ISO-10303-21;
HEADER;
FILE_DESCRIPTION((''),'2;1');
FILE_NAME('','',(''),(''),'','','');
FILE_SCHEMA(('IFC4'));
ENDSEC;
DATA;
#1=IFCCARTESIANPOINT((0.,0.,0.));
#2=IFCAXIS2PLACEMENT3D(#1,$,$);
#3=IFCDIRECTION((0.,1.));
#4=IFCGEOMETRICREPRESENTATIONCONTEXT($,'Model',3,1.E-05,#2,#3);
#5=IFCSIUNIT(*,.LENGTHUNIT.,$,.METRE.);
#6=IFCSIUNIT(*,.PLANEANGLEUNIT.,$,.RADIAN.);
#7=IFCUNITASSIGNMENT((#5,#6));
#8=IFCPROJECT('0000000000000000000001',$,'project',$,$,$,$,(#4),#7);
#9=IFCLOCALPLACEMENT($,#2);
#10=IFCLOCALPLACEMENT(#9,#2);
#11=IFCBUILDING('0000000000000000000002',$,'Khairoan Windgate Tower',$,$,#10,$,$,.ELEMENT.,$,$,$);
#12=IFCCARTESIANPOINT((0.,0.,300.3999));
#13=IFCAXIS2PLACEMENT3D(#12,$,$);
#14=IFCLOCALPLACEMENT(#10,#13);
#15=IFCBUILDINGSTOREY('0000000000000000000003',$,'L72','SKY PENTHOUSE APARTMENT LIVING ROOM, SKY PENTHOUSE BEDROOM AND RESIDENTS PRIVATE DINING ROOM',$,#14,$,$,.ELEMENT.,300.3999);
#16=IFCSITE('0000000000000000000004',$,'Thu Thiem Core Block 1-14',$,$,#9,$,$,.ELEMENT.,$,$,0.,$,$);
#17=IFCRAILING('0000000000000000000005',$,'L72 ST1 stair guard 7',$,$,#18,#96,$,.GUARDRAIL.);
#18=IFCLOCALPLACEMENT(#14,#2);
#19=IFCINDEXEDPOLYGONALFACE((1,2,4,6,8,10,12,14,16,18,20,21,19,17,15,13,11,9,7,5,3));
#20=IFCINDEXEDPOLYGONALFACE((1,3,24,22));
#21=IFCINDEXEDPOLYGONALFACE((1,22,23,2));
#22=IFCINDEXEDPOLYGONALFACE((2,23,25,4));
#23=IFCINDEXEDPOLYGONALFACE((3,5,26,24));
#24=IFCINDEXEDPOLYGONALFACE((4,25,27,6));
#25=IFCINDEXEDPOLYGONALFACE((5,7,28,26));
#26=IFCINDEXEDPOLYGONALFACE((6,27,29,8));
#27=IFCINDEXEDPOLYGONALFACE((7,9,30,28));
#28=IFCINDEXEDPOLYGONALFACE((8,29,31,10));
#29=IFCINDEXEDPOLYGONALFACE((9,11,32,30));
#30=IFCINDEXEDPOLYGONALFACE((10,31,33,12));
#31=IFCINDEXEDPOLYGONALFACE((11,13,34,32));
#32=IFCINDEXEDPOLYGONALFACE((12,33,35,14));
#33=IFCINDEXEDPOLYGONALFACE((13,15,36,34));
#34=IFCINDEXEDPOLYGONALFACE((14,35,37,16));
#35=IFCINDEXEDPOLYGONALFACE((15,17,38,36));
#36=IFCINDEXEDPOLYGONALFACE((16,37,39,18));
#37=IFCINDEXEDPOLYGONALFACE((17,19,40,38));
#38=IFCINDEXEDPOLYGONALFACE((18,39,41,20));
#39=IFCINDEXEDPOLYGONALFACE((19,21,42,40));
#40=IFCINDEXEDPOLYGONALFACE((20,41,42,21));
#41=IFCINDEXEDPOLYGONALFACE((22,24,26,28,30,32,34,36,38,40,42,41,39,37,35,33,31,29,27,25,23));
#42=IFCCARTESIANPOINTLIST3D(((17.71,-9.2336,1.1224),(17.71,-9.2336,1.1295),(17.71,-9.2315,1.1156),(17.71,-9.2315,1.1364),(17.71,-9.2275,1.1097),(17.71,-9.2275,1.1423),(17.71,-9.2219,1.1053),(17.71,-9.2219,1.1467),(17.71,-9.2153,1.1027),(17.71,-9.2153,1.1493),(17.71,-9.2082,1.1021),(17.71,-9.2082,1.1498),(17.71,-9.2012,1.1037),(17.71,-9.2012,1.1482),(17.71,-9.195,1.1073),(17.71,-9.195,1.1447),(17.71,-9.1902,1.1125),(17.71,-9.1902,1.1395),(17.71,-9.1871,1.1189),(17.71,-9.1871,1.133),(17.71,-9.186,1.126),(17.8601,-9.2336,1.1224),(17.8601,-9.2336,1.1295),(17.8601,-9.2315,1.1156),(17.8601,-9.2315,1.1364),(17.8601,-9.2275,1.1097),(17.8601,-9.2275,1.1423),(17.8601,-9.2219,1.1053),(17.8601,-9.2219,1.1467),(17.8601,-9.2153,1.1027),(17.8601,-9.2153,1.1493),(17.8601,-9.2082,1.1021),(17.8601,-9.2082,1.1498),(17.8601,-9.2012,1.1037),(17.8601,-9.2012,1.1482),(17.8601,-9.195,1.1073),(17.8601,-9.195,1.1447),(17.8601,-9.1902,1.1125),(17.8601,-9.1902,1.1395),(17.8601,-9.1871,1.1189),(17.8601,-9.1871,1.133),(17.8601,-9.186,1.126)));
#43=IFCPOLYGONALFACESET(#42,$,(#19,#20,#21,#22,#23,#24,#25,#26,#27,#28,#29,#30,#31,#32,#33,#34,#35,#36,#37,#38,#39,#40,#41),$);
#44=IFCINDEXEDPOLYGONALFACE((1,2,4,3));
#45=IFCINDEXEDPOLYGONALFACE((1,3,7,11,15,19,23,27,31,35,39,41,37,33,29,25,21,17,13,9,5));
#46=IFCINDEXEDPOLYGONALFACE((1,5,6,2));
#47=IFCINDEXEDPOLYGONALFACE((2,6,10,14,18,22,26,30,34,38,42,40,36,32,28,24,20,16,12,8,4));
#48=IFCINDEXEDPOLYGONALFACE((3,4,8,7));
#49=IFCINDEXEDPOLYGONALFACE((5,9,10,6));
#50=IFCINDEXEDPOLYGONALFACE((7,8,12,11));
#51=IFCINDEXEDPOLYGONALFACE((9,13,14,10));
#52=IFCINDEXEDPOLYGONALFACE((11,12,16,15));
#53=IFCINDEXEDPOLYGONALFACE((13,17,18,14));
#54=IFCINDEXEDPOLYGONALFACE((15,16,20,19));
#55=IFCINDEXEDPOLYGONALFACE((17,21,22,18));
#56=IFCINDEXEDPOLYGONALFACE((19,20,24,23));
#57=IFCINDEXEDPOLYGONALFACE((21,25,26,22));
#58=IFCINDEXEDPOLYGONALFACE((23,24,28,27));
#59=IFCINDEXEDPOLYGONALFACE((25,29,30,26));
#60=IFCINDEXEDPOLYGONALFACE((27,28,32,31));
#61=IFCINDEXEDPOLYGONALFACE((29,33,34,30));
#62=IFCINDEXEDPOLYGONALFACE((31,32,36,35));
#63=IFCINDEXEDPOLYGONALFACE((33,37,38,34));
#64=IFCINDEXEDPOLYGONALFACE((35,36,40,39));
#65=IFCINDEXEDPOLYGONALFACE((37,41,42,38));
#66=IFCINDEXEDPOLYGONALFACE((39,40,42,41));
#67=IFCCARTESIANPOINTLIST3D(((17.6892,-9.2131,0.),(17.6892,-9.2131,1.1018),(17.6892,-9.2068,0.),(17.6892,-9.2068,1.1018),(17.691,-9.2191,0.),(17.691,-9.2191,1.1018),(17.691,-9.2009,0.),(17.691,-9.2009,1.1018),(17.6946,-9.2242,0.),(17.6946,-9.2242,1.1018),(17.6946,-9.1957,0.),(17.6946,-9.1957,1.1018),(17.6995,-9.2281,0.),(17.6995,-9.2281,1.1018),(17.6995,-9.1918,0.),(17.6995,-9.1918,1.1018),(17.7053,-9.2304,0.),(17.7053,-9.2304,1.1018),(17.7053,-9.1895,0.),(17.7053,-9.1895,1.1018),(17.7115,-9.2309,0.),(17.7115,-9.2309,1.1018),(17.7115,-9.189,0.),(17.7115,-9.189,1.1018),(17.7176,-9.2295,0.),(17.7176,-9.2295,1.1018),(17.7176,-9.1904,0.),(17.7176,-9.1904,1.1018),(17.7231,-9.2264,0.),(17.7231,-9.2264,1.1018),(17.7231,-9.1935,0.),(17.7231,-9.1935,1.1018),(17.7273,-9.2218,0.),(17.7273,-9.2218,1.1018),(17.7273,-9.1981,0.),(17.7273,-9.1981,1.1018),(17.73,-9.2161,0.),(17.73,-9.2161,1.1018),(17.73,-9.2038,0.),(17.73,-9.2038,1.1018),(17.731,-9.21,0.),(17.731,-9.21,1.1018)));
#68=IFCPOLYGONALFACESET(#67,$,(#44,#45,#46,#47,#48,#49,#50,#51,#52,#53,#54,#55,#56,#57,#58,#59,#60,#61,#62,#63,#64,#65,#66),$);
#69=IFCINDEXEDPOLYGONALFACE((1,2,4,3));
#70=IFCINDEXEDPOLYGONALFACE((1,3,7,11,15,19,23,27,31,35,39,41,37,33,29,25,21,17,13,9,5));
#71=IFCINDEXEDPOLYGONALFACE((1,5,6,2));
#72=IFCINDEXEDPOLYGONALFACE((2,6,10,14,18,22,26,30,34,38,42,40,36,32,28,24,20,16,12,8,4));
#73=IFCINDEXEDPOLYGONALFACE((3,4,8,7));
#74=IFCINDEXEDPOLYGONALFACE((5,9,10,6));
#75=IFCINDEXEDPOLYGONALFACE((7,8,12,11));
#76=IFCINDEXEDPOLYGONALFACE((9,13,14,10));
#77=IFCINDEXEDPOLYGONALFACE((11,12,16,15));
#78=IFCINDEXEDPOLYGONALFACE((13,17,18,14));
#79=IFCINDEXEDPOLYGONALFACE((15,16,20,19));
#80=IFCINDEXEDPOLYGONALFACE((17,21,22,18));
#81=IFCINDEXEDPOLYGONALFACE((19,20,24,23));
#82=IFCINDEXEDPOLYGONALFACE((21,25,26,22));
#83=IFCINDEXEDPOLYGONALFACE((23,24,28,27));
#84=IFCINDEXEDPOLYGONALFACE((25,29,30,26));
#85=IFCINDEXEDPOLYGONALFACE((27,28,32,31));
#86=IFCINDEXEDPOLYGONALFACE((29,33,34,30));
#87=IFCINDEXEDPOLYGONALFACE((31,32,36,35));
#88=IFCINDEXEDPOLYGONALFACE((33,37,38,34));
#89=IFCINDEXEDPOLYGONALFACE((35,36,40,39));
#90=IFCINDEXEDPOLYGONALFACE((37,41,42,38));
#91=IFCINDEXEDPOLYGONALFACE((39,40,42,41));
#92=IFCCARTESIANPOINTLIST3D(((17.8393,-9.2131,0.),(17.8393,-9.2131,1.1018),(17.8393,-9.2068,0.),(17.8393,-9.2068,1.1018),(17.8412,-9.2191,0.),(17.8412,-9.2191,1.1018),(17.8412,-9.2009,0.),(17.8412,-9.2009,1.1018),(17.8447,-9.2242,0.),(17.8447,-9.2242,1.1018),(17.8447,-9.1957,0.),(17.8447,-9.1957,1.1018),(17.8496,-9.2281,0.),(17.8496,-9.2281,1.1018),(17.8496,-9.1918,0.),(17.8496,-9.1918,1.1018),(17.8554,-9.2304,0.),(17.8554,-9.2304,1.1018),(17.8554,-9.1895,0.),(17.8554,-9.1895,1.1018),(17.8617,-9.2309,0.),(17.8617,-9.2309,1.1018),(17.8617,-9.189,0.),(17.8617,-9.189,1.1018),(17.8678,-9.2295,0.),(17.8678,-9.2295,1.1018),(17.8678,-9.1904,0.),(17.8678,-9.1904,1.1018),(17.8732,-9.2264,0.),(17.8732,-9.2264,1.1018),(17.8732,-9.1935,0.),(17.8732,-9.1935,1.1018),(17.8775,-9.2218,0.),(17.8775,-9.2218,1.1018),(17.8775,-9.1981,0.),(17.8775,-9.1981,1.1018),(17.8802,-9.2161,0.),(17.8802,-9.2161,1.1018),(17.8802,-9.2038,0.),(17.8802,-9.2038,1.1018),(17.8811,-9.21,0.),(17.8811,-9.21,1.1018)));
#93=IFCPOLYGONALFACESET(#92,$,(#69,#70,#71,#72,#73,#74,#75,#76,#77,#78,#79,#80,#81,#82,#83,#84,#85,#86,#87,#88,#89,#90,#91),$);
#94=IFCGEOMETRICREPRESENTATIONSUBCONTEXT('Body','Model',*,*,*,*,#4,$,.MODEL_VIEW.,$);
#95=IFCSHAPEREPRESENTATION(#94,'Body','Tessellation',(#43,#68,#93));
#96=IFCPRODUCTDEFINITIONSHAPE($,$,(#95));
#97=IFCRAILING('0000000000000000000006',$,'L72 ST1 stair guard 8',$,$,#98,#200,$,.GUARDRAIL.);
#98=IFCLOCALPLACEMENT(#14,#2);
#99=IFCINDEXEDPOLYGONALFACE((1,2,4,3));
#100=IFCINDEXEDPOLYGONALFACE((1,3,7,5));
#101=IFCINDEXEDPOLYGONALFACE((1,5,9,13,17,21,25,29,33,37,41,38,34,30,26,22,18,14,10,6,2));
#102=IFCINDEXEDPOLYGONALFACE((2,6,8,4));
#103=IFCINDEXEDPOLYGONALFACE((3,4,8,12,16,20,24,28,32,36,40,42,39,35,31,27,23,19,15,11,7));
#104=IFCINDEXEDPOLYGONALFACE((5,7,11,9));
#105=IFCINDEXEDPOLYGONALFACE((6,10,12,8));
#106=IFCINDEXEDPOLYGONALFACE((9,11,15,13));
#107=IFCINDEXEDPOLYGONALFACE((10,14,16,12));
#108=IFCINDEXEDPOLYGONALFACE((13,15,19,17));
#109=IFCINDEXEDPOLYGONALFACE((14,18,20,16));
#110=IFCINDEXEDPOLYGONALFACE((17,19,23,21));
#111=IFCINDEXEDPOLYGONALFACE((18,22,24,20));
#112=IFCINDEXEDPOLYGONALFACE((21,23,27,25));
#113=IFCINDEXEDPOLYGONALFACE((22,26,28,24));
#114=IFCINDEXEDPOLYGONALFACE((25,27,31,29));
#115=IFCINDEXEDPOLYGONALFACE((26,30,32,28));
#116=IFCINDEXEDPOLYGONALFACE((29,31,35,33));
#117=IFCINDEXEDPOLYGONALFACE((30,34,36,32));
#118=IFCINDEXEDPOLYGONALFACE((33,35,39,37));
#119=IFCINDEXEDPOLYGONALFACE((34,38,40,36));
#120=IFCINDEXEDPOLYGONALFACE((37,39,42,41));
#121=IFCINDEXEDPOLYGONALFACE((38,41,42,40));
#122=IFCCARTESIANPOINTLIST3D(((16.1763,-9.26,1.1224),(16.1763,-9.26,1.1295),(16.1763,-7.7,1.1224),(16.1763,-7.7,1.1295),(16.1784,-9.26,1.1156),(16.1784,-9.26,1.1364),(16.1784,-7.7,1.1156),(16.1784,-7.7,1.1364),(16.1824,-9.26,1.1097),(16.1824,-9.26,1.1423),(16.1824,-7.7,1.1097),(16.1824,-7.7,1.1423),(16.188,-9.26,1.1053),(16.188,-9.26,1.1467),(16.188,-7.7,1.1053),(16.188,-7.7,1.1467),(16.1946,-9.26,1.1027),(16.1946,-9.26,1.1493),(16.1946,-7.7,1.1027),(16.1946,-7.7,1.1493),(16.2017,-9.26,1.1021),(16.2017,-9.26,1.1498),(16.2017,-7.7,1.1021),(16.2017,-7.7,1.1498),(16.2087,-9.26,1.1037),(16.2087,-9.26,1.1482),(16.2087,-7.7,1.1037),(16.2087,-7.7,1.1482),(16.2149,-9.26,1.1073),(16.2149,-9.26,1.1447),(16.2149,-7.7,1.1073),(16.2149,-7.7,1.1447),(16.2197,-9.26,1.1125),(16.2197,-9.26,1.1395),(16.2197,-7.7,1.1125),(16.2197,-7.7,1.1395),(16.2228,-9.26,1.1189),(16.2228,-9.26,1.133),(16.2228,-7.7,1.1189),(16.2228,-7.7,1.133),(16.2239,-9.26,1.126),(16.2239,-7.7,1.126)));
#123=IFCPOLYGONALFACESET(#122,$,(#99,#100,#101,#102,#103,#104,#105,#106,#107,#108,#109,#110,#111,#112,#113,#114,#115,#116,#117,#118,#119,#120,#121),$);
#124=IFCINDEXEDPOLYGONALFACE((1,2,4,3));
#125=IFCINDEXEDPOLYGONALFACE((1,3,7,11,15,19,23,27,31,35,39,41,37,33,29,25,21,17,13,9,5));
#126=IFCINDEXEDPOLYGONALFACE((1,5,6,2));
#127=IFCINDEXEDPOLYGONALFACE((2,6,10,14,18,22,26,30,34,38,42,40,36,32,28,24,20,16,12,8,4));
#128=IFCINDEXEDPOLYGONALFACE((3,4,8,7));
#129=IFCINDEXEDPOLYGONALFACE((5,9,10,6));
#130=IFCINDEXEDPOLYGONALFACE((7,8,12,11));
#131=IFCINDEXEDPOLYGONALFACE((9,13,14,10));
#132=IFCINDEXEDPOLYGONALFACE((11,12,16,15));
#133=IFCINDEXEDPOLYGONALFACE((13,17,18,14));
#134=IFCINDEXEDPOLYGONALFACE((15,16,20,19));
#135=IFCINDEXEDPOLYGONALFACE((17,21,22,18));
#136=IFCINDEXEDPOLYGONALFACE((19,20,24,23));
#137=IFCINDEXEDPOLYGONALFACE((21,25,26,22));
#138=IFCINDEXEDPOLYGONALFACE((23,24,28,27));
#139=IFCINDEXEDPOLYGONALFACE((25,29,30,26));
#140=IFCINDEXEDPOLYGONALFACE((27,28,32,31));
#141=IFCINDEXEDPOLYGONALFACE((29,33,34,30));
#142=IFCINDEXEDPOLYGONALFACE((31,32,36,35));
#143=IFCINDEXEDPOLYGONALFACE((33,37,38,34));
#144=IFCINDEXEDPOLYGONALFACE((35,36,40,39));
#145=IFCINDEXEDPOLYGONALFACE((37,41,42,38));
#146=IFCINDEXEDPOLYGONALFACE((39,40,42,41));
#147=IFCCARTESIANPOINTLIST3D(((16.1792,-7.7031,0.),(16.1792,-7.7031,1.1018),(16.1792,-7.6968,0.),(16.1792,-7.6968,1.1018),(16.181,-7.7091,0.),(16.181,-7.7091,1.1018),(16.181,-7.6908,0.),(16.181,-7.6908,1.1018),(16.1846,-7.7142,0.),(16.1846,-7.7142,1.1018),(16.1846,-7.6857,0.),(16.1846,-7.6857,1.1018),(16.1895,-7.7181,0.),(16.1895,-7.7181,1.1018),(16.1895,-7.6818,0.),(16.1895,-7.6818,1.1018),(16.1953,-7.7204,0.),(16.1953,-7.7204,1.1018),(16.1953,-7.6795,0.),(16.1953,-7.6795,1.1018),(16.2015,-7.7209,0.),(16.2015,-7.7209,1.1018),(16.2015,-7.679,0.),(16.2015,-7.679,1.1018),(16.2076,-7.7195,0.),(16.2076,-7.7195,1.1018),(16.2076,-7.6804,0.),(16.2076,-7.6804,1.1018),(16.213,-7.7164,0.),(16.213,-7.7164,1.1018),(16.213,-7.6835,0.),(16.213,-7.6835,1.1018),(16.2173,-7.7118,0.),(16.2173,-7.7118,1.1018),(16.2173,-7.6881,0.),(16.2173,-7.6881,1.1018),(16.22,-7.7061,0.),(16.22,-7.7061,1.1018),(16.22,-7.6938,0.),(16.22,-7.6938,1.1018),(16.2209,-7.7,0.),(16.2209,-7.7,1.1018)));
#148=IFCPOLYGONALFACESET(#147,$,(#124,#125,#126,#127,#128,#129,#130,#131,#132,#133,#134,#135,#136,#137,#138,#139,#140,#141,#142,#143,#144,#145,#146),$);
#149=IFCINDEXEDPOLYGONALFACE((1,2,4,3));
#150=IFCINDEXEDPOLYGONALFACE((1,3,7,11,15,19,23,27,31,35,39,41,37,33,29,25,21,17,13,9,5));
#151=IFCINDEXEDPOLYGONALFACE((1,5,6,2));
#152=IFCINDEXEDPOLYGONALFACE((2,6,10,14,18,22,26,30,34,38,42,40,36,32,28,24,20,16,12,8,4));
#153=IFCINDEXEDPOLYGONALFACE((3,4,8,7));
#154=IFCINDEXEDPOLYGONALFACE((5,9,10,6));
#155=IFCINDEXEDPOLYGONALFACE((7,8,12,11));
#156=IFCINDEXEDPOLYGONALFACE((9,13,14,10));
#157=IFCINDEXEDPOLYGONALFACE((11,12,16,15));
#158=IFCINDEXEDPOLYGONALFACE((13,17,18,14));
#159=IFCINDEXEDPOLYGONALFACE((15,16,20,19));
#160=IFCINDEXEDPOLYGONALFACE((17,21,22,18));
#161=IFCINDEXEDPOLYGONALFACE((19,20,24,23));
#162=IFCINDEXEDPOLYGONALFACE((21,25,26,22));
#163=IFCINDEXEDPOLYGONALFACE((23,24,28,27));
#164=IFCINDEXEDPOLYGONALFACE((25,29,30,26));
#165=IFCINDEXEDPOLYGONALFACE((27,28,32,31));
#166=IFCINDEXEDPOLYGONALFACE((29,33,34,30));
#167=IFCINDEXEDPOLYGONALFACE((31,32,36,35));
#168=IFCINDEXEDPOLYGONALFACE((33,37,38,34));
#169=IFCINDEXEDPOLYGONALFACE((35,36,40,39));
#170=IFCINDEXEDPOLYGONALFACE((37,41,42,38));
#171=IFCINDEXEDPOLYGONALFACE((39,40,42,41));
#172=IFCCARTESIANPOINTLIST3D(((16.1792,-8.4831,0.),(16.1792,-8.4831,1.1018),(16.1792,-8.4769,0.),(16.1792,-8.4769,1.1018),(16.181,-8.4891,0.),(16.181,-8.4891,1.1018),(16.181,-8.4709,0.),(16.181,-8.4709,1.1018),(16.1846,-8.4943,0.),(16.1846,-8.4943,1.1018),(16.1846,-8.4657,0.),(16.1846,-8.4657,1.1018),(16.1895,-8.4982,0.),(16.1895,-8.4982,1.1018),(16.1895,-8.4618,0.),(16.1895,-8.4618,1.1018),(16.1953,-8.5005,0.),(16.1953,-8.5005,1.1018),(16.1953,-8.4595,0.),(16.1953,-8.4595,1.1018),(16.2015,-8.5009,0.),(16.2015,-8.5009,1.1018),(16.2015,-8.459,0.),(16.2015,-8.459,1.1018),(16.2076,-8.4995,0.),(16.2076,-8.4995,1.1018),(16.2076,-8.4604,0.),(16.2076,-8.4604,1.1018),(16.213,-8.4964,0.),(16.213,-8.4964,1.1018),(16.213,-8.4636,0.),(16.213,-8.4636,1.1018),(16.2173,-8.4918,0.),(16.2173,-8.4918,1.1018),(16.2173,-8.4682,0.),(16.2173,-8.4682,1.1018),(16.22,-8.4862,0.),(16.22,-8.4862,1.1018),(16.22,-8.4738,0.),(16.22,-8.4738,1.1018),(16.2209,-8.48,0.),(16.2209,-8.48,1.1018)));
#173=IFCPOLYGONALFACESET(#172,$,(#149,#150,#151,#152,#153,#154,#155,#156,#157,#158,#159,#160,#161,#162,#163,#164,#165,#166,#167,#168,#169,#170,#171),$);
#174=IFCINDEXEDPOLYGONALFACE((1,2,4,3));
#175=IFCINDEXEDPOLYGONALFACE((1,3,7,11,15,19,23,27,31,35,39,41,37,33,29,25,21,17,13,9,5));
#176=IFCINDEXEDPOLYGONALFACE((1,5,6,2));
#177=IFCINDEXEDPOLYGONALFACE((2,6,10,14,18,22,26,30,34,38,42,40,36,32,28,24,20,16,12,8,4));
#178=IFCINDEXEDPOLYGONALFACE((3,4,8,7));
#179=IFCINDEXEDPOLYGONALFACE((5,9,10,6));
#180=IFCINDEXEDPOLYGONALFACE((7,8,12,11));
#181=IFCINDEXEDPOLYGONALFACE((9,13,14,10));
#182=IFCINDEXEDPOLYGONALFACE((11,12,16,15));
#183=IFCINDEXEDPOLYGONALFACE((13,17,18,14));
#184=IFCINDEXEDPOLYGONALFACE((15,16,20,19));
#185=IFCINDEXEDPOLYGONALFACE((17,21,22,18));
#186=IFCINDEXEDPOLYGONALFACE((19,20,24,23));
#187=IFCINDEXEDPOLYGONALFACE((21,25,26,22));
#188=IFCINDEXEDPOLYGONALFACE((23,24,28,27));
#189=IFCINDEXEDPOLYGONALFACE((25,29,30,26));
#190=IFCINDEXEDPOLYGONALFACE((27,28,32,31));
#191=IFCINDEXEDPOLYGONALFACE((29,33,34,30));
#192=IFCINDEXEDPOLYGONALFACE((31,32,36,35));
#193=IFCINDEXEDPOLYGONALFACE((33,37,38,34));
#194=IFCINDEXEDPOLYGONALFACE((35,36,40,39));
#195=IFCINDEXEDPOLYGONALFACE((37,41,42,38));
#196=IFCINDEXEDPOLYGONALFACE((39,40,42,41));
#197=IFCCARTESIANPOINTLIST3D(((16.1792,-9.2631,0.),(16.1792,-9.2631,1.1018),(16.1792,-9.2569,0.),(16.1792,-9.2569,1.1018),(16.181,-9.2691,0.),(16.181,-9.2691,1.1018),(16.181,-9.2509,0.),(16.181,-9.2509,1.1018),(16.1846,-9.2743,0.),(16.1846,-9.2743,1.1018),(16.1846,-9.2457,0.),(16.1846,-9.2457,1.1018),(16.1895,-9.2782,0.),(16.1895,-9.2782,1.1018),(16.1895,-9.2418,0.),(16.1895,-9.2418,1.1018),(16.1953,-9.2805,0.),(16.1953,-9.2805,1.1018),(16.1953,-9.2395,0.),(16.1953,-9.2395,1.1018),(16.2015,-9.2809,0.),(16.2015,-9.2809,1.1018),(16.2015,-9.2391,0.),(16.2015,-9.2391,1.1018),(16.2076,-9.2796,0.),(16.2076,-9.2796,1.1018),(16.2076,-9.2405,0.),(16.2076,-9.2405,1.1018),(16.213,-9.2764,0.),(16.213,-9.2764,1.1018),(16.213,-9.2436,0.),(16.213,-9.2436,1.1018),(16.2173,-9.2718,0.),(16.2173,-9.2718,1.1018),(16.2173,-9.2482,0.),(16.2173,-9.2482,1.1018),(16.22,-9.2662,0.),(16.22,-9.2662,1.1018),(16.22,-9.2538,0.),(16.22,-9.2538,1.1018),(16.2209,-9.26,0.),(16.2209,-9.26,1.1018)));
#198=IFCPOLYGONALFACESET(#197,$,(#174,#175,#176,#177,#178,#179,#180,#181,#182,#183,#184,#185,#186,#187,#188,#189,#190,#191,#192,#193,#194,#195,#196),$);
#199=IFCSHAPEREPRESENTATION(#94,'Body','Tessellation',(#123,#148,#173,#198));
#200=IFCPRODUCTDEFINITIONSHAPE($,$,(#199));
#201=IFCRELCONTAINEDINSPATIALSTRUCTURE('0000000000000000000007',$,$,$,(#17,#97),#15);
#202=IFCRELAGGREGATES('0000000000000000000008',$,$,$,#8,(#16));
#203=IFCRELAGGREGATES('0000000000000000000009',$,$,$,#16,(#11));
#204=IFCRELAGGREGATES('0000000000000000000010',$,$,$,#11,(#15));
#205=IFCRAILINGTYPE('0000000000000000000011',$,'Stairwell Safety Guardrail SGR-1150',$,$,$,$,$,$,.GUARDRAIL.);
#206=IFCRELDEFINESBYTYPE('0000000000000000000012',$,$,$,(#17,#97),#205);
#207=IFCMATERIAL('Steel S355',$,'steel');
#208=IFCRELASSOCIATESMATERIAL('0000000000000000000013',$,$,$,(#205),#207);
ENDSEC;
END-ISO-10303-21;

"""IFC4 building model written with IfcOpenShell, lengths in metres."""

from ifc_helpers import new_model, si_unit, direction, frame, origin, origin_2d, place, context, subcontext, project, spatial, circle, extrude, material, type_object, element, save


model = new_model("IFC4")

# Units and contexts
model_context = context("Model", 3, precision=1e-05, world=origin(), true_north=direction((0.0, 1.0)))
body_context = subcontext(model_context, "Body", "Model", "MODEL_VIEW")
ifc_project = project(units=[si_unit("LENGTHUNIT", "METRE"), si_unit("PLANEANGLEUNIT", "RADIAN")], contexts=[model_context])

# Site, building, storey
site_placement = place(None, origin())
site = spatial("IfcSite", under=ifc_project, at=site_placement, Name="Thu Thiem Core Block 1-14", CompositionType="ELEMENT", RefElevation=0.0)
building_placement = place(site_placement, origin())
building = spatial("IfcBuilding", under=site, at=building_placement, Name="Khairoan Windgate Tower", CompositionType="ELEMENT")
storey_placement = place(building_placement, frame((0.0, 0.0, 300.3999)))
storey = spatial("IfcBuildingStorey", under=building, at=storey_placement, Name="L72", Description="SKY PENTHOUSE APARTMENT LIVING ROOM, SKY PENTHOUSE BEDROOM AND RESIDENTS PRIVATE DINING ROOM", CompositionType="ELEMENT", Elevation=300.3999)

# Railings
ifc_material_1 = material(Name="Steel S355", Category="steel")
railing_type_1 = type_object("IfcRailingType", Name="Stairwell Safety Guardrail SGR-1150", PredefinedType="GUARDRAIL", material=ifc_material_1)
railing_1_placement = place(storey_placement, frame((17.71, -9.21, 0.0)))
element("IfcRailing", 1, at=railing_1_placement, inside=storey, type_object=railing_type_1, Name="L72 ST1 stair guard 7", PredefinedType="GUARDRAIL", context=body_context, shape_type="SweptSolid", body=[
    extrude(circle(Radius=0.0239, at=origin_2d()), frame((0.0, 0.0, 1.126), z_axis=(1.0, 0.0, 0.0), x_axis=(0.0, 1.0, 0.0)), (0.0, 0.0, 1.0), 0.1501),
    extrude(circle(Radius=0.021, at=origin_2d()), origin(), (0.0, 0.0, 1.0), 1.1018),
    extrude(circle(Radius=0.021, at=origin_2d()), frame((0.1501, 0.0, 0.0)), (0.0, 0.0, 1.0), 1.1018),
])
for number, where, name in (
    (2, (16.2, -7.7, 0.0), "L72 ST1 stair guard 8"),
):
    element("IfcRailing", number, at=place(storey_placement, frame(where)), inside=storey, type_object=railing_type_1, Name=name, PredefinedType="GUARDRAIL", context=body_context, shape_type="SweptSolid", body=[
        extrude(circle(Radius=0.0239, at=origin_2d()), frame((0.0, 0.0, 1.126), z_axis=(0.0, -1.0, 0.0), x_axis=(1.0, 0.0, 0.0)), (0.0, 0.0, 1.0), 1.5601),
        extrude(circle(Radius=0.021, at=origin_2d()), origin(), (0.0, 0.0, 1.0), 1.1018),
        extrude(circle(Radius=0.021, at=origin_2d()), frame((0.0, -0.78, 0.0)), (0.0, 0.0, 1.0), 1.1018),
        extrude(circle(Radius=0.021, at=origin_2d()), frame((0.0, -1.5601, 0.0)), (0.0, 0.0, 1.0), 1.1018),
    ])

save(model, "model.ifc")
